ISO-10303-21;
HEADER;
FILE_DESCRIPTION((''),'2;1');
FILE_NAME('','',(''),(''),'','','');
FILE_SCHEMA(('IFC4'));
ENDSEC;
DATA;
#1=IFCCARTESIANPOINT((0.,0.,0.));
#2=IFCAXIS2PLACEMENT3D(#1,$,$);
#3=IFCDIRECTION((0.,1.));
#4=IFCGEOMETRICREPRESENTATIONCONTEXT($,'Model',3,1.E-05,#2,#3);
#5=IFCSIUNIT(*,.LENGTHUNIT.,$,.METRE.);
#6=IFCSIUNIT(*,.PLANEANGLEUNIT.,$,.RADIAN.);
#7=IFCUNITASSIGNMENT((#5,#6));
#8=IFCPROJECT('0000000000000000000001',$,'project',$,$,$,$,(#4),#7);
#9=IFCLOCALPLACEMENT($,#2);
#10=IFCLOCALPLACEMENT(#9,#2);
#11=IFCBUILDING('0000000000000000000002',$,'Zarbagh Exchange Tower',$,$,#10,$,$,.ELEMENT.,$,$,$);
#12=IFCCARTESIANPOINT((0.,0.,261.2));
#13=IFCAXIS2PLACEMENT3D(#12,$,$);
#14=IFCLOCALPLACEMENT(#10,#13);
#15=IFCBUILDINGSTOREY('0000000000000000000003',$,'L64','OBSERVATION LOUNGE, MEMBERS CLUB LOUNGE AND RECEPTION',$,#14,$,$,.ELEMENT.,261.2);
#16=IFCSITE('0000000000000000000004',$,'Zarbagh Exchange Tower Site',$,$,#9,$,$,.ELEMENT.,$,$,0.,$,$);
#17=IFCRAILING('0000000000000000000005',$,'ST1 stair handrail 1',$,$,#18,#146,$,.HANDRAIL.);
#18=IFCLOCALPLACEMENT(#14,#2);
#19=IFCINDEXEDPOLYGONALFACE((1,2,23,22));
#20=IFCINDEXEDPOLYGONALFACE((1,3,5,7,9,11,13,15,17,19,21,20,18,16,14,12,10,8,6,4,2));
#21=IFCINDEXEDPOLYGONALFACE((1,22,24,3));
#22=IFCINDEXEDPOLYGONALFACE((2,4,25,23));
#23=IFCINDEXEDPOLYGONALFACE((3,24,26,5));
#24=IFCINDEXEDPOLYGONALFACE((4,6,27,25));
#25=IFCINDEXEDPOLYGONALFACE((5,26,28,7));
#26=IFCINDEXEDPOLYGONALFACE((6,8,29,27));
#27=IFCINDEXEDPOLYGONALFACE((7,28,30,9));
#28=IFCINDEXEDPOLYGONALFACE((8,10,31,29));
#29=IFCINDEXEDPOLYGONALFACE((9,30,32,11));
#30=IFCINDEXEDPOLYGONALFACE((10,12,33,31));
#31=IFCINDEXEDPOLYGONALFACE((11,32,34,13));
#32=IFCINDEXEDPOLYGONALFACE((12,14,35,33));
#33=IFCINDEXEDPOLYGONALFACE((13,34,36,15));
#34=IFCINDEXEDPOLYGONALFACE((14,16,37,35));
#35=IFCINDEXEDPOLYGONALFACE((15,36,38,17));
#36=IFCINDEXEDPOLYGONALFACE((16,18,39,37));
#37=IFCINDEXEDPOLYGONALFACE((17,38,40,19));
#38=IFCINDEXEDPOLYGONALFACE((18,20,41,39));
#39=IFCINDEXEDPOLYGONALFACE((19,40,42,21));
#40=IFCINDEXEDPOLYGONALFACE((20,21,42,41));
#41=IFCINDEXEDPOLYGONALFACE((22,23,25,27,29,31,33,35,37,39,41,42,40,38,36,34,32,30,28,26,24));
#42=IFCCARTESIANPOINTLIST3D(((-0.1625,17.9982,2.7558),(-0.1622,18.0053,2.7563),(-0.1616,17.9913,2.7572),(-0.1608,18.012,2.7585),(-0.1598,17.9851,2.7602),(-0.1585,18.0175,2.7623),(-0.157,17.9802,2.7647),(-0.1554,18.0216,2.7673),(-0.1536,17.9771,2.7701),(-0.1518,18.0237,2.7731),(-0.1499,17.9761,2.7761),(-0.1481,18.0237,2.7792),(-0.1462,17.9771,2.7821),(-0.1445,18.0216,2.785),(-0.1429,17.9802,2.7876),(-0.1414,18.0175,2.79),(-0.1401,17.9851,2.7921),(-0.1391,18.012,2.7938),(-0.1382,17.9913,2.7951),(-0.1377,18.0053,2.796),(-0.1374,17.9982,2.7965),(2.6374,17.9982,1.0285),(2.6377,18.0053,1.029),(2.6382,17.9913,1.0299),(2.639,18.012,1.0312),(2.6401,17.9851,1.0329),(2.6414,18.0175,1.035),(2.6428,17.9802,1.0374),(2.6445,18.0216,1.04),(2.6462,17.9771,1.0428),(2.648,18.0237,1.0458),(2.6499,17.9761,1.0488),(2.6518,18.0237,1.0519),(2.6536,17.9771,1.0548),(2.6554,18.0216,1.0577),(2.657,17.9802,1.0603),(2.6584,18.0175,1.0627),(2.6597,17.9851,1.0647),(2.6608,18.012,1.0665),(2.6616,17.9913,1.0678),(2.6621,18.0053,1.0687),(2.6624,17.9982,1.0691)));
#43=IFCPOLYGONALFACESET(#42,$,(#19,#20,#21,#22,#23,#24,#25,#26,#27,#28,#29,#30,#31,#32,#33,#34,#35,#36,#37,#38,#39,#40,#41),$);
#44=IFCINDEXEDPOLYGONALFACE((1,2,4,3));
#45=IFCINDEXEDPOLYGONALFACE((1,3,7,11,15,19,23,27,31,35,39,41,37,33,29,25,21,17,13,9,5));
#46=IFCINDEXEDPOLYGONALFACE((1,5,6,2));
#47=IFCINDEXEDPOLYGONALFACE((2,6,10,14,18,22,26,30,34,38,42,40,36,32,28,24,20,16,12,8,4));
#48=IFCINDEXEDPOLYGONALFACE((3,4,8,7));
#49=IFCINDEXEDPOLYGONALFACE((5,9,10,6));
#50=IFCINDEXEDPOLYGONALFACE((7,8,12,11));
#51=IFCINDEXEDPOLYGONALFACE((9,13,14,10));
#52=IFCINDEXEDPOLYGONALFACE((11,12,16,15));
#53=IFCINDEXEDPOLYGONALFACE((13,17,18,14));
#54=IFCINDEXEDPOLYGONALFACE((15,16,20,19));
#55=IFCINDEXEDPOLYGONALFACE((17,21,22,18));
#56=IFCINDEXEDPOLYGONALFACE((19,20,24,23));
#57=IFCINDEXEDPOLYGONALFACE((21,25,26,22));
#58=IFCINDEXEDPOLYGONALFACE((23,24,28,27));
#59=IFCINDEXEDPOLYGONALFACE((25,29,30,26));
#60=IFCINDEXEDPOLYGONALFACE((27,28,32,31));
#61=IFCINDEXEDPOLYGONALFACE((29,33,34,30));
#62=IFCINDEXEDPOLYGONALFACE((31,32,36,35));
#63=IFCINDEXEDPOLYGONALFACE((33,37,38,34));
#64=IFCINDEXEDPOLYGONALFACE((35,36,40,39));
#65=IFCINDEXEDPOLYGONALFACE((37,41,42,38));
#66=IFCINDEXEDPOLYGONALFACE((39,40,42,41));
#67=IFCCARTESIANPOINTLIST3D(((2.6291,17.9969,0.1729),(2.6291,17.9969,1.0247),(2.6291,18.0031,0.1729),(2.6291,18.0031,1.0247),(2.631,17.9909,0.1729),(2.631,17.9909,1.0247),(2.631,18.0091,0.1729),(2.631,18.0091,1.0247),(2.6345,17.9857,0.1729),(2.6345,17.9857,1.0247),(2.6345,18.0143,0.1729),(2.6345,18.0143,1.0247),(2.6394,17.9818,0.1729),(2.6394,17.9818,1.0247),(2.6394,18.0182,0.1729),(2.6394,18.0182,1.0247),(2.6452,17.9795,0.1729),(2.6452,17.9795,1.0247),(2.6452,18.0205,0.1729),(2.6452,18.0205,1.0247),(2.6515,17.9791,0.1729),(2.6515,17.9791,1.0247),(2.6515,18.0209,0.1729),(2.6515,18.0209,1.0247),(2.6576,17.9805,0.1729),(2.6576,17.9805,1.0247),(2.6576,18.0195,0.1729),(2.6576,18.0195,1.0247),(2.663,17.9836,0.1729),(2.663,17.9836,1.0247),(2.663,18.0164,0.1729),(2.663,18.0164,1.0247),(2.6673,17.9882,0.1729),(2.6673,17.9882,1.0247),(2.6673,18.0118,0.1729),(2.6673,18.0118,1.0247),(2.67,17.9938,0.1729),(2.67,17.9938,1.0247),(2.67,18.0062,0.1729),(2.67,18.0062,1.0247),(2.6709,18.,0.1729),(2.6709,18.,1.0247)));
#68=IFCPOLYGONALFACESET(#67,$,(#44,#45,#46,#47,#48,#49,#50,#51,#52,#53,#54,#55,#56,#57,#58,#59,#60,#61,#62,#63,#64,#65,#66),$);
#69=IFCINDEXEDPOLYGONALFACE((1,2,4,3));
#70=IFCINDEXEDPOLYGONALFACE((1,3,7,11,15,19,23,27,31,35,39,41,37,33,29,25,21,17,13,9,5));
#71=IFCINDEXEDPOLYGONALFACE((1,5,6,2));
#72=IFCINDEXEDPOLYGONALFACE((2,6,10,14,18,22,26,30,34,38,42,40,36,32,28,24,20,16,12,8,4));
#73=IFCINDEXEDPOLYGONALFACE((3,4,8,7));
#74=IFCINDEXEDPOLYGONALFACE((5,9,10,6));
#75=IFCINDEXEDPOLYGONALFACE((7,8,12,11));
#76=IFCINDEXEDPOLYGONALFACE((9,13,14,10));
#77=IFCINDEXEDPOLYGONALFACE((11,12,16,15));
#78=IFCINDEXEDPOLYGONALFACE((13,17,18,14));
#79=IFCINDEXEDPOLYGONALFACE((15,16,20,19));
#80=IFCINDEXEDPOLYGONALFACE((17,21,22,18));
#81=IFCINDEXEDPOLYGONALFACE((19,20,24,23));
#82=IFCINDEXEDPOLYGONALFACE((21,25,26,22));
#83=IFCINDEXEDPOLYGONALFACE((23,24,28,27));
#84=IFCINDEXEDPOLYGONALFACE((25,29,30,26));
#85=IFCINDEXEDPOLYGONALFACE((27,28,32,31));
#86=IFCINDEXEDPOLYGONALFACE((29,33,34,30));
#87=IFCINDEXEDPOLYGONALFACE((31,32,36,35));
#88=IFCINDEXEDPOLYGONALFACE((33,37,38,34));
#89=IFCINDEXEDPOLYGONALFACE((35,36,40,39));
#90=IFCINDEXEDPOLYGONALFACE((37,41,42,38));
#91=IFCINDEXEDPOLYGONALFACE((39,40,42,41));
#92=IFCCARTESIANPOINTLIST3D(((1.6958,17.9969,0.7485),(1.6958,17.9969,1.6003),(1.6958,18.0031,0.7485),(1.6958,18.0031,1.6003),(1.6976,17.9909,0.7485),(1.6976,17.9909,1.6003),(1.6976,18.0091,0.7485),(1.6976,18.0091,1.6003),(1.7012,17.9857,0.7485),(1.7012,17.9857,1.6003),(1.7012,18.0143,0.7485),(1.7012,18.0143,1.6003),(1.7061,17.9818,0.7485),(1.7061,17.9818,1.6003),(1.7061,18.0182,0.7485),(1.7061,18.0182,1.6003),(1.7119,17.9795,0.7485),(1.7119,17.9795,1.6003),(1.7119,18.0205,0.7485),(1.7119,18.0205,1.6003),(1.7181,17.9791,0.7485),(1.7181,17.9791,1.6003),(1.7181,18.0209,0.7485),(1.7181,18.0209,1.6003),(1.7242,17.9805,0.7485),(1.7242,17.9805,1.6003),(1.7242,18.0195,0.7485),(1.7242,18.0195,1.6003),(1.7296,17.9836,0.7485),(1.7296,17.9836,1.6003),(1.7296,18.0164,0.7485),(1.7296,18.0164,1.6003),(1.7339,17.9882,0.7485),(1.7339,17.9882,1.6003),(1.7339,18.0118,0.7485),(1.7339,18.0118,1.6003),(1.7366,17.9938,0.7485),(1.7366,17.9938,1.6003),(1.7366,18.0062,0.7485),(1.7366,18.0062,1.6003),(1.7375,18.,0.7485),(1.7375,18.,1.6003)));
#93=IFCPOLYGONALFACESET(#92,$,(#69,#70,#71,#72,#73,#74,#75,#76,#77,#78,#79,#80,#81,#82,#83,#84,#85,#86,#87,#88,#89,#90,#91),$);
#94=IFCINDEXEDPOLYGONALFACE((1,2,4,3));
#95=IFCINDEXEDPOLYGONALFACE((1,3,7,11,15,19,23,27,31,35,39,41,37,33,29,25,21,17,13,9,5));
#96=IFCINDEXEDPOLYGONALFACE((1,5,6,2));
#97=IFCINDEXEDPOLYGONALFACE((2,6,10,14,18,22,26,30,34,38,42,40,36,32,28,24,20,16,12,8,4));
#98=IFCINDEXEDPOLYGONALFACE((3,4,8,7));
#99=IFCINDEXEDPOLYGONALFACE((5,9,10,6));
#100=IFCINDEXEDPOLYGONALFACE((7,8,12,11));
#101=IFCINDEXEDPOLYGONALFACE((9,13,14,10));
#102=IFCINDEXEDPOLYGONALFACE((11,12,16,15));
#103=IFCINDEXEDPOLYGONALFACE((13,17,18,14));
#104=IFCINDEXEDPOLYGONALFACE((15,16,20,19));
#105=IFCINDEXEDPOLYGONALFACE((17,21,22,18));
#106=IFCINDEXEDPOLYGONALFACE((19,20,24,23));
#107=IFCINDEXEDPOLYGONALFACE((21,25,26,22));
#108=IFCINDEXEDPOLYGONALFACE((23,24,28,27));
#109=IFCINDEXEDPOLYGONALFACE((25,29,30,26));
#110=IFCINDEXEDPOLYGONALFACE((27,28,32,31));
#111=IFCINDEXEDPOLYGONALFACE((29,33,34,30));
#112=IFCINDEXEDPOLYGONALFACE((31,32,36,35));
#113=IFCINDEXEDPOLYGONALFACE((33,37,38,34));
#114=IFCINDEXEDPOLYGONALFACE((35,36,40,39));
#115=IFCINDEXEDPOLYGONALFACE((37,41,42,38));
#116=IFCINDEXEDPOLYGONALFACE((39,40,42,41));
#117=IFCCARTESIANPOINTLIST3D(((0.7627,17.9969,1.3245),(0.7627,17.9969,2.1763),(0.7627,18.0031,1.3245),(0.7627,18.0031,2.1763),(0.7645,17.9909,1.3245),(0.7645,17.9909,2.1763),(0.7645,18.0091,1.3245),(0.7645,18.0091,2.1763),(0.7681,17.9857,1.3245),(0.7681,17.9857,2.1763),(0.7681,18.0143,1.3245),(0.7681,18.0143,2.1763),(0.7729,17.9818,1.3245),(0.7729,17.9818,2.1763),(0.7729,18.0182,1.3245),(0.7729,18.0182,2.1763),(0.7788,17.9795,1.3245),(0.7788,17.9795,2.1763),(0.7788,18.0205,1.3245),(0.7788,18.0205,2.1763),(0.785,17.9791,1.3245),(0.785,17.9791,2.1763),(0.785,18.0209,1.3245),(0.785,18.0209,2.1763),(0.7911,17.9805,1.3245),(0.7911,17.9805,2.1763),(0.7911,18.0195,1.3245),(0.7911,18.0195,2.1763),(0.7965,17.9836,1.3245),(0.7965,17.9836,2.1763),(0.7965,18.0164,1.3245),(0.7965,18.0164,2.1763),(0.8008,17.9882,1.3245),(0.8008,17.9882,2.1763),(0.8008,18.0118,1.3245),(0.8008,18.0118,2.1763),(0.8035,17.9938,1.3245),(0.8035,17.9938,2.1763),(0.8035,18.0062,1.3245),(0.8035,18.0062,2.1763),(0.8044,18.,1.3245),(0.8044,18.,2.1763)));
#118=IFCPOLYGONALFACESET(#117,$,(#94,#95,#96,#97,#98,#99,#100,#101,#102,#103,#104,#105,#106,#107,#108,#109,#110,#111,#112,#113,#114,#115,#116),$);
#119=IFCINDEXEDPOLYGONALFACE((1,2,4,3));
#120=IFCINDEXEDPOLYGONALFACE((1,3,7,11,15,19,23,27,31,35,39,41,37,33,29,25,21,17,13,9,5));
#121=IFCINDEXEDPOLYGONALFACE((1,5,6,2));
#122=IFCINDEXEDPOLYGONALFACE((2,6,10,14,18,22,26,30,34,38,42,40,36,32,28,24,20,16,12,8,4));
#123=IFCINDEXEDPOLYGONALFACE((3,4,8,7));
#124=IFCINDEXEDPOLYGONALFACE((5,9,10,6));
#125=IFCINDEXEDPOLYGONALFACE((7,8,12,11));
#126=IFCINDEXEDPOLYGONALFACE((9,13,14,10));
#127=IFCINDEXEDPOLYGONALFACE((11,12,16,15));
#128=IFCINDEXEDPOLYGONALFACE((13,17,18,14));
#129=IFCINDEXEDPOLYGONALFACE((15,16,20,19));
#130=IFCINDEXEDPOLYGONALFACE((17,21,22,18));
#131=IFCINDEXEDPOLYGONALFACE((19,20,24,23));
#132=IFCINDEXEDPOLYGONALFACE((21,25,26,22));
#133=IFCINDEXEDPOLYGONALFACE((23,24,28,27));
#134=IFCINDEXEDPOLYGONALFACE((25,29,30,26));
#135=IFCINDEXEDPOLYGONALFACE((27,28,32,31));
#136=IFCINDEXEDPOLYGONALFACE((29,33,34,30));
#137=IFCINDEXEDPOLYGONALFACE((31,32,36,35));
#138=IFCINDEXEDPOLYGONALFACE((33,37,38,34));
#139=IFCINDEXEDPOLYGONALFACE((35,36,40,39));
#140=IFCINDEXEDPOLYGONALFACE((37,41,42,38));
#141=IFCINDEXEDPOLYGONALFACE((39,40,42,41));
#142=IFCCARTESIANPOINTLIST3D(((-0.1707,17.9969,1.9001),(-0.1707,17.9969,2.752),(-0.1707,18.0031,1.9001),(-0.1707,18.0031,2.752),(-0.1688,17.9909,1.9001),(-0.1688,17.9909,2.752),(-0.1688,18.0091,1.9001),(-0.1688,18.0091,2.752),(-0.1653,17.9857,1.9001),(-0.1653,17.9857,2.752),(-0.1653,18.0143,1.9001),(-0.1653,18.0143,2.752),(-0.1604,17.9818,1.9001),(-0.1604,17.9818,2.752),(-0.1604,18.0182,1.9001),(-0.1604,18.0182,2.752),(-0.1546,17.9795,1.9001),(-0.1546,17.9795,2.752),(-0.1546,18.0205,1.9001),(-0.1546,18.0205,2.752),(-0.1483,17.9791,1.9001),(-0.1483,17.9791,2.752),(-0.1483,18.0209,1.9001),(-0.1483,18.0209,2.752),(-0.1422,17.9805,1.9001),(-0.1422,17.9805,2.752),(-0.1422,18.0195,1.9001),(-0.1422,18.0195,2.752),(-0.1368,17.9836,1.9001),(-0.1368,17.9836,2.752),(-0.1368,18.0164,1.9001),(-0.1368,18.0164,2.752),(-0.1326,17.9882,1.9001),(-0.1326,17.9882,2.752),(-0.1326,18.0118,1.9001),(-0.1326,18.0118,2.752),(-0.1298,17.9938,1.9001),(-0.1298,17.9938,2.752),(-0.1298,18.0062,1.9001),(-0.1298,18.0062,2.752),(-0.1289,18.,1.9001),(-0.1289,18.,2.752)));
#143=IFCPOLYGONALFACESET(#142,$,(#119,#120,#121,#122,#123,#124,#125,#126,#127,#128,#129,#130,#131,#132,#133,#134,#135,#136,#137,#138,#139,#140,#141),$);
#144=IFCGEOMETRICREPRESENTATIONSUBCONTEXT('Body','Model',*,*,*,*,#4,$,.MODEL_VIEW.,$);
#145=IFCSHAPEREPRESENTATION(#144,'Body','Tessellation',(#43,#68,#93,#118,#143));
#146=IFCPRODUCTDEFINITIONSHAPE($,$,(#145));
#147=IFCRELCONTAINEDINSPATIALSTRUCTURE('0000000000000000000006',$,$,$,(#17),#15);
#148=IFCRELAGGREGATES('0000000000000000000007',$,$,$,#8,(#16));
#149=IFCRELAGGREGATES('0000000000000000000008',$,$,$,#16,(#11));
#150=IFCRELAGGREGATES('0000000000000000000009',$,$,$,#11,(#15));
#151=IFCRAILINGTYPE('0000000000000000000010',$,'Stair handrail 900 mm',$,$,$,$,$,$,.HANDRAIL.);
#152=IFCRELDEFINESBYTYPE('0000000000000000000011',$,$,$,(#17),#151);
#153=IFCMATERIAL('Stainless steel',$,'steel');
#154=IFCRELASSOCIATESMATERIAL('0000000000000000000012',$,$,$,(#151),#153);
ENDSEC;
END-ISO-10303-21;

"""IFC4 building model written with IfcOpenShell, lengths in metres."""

from ifc_helpers import new_model, si_unit, direction, frame, origin, origin_2d, place, context, subcontext, project, spatial, circle, extrude, material, type_object, element, save


model = new_model("IFC4")

# Units and contexts
model_context = context("Model", 3, precision=1e-05, world=origin(), true_north=direction((0.0, 1.0)))
body_context = subcontext(model_context, "Body", "Model", "MODEL_VIEW")
ifc_project = project(units=[si_unit("LENGTHUNIT", "METRE"), si_unit("PLANEANGLEUNIT", "RADIAN")], contexts=[model_context])

# Site, building, storey
site_placement = place(None, origin())
site = spatial("IfcSite", under=ifc_project, at=site_placement, Name="Zarbagh Exchange Tower Site", CompositionType="ELEMENT", RefElevation=0.0)
building_placement = place(site_placement, origin())
building = spatial("IfcBuilding", under=site, at=building_placement, Name="Zarbagh Exchange Tower", CompositionType="ELEMENT")
storey_placement = place(building_placement, frame((0.0, 0.0, 261.2)))
storey = spatial("IfcBuildingStorey", under=building, at=storey_placement, Name="L64", Description="OBSERVATION LOUNGE, MEMBERS CLUB LOUNGE AND RECEPTION", CompositionType="ELEMENT", Elevation=261.2)

# Shared definitions
ifc_material_1 = material(Name="Stainless steel", Category="steel")

# Railing
railing_type_1 = type_object("IfcRailingType", Name="Stair handrail 900 mm", PredefinedType="HANDRAIL", material=ifc_material_1)
railing_1_placement = place(storey_placement, frame((2.6499, 18.0, 0.1729)))
element("IfcRailing", 1, at=railing_1_placement, inside=storey, type_object=railing_type_1, Name="ST1 stair handrail 1", PredefinedType="HANDRAIL", context=body_context, shape_type="SweptSolid", body=[
    extrude(circle(Radius=0.0239, at=origin_2d()), frame((0.0, 0.0, 0.876), z_axis=(-0.851069, 0.0, 0.525054), x_axis=(0.0, -1.0, 0.0)), (0.0, 0.0, 1.0), 3.2898),
    extrude(circle(Radius=0.021, at=origin_2d()), origin(), (0.0, 0.0, 1.0), 0.8518),
    extrude(circle(Radius=0.021, at=origin_2d()), frame((-0.9333, 0.0, 0.5757)), (0.0, 0.0, 1.0), 0.8518),
    extrude(circle(Radius=0.021, at=origin_2d()), frame((-1.8665, 0.0, 1.1516)), (0.0, 0.0, 1.0), 0.8518),
    extrude(circle(Radius=0.021, at=origin_2d()), frame((-2.7998, 0.0, 1.7273)), (0.0, 0.0, 1.0), 0.8518),
])

save(model, "model.ifc")
